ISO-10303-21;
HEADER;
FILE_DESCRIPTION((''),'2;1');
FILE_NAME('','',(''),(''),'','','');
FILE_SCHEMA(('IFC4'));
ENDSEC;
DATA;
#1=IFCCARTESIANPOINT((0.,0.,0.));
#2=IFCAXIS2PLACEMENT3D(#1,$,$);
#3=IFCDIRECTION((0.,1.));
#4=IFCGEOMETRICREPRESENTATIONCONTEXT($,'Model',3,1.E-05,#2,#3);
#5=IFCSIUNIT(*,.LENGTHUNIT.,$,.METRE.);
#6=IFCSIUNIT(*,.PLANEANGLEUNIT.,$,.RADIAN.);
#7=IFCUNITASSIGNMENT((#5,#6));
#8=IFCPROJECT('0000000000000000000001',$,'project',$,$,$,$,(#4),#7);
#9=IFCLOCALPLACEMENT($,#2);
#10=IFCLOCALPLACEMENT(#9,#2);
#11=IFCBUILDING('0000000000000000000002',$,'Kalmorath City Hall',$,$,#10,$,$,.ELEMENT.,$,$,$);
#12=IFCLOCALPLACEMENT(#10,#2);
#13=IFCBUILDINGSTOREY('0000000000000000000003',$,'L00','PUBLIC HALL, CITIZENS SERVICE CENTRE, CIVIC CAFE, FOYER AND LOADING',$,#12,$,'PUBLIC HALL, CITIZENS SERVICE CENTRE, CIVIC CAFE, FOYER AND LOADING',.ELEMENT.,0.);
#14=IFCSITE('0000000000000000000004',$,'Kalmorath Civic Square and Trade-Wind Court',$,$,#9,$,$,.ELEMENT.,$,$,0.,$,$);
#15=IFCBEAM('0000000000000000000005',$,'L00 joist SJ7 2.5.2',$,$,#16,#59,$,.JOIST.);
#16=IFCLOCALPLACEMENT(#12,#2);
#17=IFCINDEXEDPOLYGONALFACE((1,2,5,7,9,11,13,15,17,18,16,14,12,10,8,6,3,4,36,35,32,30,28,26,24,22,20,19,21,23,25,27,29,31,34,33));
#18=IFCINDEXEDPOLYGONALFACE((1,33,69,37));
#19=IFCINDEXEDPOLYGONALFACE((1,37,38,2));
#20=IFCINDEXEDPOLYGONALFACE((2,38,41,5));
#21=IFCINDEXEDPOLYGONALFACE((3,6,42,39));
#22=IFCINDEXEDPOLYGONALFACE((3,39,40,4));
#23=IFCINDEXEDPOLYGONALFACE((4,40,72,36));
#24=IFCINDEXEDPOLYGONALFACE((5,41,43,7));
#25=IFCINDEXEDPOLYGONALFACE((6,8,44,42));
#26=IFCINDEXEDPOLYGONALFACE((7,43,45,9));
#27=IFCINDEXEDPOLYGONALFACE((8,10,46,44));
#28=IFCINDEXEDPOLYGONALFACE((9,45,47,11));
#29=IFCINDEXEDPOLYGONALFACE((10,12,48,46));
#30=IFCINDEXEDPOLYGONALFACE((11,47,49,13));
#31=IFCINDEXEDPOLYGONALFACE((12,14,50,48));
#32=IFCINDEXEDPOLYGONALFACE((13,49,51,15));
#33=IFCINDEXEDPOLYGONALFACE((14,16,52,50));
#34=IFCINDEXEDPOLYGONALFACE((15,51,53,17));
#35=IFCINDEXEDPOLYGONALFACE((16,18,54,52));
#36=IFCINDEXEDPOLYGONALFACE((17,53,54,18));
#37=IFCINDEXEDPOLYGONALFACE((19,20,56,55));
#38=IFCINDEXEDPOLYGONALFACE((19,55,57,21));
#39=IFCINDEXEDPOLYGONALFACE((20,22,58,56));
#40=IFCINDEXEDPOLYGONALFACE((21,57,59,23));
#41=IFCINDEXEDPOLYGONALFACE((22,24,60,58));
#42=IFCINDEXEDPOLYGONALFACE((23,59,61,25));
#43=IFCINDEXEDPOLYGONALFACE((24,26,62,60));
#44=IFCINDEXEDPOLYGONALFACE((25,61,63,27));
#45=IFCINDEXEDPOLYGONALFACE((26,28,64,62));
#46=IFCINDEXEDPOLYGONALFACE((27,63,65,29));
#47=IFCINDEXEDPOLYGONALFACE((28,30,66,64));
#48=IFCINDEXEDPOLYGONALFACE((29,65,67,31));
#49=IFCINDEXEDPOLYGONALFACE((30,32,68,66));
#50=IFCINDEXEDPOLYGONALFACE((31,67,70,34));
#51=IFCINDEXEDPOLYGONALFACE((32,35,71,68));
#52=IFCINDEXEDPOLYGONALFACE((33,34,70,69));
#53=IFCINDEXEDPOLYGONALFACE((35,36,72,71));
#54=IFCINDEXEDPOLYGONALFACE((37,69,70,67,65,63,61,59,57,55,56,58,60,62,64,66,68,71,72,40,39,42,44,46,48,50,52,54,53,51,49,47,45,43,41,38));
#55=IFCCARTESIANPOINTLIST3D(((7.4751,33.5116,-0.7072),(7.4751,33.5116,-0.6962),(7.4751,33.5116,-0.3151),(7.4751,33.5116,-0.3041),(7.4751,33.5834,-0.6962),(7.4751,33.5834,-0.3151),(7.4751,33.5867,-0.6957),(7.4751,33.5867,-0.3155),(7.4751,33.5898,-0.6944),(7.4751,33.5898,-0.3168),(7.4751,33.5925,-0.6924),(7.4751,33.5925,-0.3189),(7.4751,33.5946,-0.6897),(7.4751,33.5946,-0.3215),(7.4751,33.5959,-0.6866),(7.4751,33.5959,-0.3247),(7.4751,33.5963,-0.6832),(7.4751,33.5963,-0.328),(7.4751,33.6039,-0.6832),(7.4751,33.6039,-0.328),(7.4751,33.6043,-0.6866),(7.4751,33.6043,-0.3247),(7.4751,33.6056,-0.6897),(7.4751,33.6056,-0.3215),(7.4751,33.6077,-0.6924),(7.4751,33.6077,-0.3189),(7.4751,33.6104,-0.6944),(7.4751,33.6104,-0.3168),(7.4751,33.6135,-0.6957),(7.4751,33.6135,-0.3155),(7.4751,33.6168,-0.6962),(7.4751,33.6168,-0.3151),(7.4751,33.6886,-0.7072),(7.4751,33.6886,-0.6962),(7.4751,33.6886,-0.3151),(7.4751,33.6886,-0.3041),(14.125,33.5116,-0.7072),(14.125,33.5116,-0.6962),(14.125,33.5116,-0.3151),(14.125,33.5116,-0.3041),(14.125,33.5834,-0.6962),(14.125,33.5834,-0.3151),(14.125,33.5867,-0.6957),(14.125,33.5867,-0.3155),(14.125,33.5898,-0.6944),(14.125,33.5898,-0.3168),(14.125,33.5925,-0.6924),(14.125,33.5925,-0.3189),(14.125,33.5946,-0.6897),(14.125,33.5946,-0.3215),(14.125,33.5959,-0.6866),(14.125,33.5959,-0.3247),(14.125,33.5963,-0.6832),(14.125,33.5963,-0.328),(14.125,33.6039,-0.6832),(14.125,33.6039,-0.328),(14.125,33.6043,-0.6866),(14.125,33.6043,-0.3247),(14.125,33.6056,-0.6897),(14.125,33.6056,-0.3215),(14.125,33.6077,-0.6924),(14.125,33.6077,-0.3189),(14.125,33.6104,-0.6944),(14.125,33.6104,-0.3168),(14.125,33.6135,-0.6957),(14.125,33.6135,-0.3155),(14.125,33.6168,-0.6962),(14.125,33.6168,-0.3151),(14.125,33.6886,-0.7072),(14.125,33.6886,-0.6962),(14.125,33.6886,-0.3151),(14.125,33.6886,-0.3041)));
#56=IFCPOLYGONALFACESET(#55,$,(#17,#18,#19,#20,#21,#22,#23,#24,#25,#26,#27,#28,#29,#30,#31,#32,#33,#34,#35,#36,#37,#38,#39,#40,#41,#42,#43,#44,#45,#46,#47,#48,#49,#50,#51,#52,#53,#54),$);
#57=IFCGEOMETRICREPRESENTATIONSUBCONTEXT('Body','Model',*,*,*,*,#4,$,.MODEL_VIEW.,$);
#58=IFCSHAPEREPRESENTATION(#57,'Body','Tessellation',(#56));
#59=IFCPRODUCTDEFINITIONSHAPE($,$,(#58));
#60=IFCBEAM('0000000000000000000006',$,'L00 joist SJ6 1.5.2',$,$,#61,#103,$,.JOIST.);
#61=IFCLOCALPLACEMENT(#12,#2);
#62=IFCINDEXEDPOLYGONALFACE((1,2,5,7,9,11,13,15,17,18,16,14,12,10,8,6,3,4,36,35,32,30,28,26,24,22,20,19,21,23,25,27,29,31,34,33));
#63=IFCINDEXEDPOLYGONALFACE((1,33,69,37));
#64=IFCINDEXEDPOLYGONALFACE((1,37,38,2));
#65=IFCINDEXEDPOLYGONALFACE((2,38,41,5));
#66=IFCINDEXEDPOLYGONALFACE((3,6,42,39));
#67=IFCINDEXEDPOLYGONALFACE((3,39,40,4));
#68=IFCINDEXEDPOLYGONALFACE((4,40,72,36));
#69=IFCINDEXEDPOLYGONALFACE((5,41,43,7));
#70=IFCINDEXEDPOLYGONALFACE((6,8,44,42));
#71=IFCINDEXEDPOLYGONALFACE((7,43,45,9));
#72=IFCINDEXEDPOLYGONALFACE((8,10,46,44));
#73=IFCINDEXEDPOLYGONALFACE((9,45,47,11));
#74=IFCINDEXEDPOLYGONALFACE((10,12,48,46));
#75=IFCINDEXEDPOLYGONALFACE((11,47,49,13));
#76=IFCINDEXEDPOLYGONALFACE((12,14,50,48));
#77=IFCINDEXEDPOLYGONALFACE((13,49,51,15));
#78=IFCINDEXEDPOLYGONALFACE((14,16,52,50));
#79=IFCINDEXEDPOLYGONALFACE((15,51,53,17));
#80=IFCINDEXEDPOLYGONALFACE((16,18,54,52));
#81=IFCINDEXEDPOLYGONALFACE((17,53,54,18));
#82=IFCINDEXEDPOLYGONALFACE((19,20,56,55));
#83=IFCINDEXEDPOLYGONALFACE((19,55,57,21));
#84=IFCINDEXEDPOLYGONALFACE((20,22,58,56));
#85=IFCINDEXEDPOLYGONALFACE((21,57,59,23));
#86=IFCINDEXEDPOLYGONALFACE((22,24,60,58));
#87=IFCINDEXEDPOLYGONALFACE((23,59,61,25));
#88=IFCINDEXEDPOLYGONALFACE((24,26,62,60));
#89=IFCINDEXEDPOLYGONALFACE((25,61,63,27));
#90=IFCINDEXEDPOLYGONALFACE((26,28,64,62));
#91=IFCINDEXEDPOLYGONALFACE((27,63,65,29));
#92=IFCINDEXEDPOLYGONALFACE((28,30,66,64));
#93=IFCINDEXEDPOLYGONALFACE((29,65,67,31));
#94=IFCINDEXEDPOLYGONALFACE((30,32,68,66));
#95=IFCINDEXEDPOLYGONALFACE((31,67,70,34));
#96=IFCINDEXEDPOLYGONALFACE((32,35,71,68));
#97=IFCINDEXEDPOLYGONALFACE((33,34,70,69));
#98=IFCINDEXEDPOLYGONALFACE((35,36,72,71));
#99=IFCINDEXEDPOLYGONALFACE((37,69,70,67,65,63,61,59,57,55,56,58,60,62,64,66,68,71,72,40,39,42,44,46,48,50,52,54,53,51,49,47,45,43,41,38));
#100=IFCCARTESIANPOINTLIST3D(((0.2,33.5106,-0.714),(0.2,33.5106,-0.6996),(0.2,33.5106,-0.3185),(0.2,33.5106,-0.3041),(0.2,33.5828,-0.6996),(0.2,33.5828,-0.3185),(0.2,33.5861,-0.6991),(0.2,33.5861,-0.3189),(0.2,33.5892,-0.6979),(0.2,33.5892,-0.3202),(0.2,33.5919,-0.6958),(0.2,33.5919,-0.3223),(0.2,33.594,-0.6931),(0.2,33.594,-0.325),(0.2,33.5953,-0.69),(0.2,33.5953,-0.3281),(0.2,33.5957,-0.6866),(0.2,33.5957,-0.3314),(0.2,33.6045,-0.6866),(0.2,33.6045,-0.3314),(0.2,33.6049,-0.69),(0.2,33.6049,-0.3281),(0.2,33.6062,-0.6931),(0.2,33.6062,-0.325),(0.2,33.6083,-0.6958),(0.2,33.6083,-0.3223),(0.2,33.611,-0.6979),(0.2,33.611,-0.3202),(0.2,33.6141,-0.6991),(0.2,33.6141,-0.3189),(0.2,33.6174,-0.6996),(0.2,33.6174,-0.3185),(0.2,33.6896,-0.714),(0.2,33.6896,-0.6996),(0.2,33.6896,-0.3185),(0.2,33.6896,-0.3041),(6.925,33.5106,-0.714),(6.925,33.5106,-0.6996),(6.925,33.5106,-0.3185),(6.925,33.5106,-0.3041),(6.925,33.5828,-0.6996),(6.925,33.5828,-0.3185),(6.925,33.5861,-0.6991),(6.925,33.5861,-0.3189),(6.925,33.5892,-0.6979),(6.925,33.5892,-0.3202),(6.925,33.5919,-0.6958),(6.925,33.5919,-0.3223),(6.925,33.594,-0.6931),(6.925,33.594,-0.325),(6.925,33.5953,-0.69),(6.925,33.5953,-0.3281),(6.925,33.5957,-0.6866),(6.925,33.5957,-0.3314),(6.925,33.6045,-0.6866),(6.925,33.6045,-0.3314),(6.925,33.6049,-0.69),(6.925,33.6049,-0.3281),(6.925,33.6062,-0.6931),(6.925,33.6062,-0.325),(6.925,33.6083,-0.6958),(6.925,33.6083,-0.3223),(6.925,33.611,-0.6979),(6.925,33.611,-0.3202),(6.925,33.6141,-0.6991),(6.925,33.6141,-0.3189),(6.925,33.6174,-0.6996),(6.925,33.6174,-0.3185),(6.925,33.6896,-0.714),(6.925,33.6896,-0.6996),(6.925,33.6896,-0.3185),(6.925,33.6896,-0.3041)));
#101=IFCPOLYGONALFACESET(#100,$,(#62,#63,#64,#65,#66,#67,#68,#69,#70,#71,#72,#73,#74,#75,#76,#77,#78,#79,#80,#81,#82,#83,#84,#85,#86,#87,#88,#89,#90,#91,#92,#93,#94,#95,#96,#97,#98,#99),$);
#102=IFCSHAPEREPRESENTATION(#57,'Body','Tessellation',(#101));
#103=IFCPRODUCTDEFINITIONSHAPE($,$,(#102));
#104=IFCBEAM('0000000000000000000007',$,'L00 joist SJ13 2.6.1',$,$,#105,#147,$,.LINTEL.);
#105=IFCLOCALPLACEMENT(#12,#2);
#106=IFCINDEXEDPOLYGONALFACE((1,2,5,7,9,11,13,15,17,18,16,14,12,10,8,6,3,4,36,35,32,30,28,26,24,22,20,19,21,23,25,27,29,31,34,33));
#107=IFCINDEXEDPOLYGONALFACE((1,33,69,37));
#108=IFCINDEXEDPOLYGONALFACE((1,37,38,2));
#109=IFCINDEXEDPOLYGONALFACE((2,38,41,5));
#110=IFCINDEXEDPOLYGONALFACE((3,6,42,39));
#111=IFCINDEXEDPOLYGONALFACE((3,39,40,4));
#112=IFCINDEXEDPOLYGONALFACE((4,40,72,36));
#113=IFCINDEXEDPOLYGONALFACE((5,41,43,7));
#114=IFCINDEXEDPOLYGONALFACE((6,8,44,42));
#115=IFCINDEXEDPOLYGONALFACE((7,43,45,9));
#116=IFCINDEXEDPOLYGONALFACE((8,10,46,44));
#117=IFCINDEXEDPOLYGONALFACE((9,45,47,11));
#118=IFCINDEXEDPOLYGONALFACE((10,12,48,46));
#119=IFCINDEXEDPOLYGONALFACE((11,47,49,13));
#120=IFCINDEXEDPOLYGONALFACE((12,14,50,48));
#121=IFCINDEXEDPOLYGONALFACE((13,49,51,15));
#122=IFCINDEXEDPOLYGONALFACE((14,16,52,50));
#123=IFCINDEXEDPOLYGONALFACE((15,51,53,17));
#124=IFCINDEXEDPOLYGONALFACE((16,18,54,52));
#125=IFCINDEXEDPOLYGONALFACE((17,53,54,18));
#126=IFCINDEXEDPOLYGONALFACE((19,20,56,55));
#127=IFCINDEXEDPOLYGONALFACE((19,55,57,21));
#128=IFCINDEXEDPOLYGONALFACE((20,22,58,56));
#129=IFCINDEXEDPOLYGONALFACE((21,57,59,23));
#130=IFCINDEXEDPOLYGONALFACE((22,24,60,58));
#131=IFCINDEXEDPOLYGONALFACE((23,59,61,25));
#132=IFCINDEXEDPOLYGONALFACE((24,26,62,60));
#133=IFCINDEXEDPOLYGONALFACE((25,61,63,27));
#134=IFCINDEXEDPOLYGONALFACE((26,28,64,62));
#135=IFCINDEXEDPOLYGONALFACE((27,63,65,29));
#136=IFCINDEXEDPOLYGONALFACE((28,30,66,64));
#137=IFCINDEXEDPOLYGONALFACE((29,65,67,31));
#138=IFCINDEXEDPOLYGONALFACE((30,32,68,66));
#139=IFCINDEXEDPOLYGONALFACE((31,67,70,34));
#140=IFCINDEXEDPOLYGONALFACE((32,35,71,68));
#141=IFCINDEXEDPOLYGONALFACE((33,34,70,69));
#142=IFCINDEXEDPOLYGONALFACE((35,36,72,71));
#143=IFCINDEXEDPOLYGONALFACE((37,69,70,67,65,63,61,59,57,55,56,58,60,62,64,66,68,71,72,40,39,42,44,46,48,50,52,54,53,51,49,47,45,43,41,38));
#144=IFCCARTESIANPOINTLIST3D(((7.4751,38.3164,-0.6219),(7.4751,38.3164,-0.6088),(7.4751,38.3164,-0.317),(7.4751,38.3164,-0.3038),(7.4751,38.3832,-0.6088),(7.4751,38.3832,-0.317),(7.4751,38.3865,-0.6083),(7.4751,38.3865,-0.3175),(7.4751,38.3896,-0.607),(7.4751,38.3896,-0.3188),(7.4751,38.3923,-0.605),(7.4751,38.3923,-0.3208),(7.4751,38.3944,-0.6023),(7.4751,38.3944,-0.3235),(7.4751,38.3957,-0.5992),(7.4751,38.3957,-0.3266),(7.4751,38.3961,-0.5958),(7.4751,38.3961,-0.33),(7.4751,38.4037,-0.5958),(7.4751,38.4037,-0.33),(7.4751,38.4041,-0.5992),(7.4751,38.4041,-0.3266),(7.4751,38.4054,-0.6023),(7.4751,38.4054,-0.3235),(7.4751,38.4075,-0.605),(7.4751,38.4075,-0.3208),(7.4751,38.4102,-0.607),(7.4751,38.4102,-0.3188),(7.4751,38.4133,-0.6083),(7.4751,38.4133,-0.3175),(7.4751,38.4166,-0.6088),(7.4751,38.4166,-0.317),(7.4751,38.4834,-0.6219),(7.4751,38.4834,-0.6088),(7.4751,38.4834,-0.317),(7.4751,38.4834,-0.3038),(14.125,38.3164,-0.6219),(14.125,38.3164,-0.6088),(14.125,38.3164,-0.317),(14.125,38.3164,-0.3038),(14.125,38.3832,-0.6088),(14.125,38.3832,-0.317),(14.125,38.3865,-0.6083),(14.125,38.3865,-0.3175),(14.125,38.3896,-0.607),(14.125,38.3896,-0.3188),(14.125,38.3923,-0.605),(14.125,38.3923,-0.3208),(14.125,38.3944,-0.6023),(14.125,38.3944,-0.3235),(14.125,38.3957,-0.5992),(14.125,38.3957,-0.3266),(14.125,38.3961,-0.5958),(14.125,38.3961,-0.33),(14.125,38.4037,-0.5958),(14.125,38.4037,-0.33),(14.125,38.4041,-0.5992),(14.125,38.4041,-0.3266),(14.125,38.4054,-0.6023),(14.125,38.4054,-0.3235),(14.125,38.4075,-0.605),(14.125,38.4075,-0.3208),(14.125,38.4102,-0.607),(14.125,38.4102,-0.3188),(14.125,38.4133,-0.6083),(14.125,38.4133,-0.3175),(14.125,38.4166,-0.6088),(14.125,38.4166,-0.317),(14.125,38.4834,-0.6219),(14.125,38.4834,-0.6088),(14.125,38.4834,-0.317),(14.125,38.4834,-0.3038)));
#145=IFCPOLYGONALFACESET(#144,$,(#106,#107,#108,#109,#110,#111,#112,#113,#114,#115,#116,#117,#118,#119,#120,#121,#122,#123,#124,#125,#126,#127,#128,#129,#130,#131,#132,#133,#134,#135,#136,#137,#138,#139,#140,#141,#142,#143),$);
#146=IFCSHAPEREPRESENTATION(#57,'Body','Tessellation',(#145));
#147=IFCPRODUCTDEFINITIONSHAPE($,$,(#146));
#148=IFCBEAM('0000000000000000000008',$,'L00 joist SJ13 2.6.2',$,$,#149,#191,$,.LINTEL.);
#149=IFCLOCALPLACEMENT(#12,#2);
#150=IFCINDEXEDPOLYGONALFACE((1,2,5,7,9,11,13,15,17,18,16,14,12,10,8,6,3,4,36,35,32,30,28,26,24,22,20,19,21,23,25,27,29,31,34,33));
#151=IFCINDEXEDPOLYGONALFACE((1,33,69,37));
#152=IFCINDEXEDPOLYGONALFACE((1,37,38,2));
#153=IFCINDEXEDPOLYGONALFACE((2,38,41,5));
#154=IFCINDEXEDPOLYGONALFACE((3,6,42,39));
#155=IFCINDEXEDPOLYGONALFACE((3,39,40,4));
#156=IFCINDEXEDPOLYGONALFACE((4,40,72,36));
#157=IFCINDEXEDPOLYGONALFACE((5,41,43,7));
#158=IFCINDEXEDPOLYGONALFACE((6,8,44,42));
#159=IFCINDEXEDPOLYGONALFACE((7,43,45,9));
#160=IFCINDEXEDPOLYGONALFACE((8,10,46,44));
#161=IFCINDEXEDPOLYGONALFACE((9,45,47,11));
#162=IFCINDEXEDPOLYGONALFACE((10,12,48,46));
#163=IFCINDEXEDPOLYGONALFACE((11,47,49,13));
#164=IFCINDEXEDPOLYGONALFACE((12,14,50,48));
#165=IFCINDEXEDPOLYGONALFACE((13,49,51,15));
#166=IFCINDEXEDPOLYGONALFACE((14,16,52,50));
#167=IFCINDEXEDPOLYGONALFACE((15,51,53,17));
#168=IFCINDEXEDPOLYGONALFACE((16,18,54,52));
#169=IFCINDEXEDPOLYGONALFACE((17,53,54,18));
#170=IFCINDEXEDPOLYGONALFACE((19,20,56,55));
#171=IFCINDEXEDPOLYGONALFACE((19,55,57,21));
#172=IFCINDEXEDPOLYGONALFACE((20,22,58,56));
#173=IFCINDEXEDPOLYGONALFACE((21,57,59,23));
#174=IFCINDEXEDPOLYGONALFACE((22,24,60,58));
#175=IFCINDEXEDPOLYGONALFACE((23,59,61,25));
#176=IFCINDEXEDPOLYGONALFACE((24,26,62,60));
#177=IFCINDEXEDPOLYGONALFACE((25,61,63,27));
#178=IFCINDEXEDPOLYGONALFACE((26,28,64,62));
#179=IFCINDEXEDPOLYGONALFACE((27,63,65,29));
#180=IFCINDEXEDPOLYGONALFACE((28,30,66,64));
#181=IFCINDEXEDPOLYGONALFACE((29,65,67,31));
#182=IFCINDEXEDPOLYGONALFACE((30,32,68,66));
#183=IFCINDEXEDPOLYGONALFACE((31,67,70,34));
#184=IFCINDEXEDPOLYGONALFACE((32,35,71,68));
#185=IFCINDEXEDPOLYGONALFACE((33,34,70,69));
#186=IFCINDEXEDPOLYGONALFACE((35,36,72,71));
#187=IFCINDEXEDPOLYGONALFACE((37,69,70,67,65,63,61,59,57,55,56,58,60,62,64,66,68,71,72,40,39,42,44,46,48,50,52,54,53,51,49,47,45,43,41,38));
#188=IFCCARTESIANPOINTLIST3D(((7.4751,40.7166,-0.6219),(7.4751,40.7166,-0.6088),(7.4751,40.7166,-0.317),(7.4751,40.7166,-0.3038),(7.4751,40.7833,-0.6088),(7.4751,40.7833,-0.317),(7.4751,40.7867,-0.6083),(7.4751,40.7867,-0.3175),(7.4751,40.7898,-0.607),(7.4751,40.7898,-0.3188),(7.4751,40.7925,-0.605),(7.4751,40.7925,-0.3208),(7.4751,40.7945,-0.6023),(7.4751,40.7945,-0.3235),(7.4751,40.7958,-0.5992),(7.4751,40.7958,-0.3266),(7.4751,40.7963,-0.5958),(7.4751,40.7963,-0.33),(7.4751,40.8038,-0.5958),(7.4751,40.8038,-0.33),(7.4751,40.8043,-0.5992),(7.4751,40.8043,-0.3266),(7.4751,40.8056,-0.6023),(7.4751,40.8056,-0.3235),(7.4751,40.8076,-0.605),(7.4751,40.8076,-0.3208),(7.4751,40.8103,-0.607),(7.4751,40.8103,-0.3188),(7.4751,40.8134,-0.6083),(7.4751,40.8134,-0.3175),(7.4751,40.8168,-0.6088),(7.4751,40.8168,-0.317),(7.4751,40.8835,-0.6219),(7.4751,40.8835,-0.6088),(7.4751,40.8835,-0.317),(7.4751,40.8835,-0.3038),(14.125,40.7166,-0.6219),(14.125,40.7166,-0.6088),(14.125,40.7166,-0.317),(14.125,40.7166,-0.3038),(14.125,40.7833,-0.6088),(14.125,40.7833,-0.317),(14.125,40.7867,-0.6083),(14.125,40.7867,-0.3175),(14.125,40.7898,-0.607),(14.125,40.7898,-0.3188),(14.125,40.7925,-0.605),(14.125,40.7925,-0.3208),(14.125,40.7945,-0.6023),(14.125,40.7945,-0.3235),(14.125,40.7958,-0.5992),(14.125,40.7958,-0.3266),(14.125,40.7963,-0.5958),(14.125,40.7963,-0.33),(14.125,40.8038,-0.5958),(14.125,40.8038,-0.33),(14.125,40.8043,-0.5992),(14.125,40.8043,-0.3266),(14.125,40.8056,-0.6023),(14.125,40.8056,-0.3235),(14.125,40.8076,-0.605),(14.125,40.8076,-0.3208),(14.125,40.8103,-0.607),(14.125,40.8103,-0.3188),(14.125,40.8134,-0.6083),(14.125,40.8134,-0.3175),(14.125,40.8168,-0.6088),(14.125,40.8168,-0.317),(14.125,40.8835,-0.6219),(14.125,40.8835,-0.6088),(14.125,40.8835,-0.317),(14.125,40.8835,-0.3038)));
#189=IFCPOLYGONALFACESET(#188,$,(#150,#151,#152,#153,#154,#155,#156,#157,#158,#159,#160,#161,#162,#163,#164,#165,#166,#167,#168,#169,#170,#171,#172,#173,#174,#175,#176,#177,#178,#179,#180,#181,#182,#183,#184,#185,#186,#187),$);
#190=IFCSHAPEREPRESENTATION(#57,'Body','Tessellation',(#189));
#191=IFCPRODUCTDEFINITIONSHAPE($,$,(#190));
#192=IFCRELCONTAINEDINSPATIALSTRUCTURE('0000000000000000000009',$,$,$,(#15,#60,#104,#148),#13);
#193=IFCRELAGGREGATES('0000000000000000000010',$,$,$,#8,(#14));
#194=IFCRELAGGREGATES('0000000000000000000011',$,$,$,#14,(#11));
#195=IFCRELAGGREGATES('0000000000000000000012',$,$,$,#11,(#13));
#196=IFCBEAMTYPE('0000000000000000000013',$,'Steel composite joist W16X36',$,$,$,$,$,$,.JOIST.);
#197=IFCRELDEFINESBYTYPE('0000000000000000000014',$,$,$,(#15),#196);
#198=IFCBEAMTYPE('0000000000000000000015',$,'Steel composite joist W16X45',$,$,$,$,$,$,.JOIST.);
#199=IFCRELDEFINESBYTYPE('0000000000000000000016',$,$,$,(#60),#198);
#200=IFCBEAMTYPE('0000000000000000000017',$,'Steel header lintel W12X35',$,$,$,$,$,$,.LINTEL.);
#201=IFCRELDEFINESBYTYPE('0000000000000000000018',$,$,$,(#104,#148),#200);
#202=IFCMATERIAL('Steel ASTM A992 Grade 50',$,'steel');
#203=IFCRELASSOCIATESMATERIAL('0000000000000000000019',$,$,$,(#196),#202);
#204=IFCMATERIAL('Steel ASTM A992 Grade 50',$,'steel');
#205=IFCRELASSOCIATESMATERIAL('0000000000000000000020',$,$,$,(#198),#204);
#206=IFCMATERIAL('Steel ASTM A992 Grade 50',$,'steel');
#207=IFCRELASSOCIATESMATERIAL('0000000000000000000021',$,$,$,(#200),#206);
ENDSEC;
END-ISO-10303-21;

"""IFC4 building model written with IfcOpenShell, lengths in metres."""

from ifc_helpers import new_model, si_unit, direction, frame, origin, origin_2d, place, context, subcontext, project, spatial, i_section, extrude, material, material_profile, profile_set, type_object, element, save


model = new_model("IFC4")

# Units and contexts
model_context = context("Model", 3, precision=1e-05, world=origin(), true_north=direction((0.0, 1.0)))
body_context = subcontext(model_context, "Body", "Model", "MODEL_VIEW")
ifc_project = project(units=[si_unit("LENGTHUNIT", "METRE"), si_unit("PLANEANGLEUNIT", "RADIAN")], contexts=[model_context])

# Site, building, storey
site_placement = place(None, origin())
site = spatial("IfcSite", under=ifc_project, at=site_placement, Name="Kalmorath Civic Square and Trade-Wind Court", CompositionType="ELEMENT", RefElevation=0.0)
building_placement = place(site_placement, origin())
building = spatial("IfcBuilding", under=site, at=building_placement, Name="Kalmorath City Hall", CompositionType="ELEMENT")
storey_placement = place(building_placement, origin())
storey = spatial("IfcBuildingStorey", under=building, at=storey_placement, Name="L00", Description="PUBLIC HALL, CITIZENS SERVICE CENTRE, CIVIC CAFE, FOYER AND LOADING", LongName="PUBLIC HALL, CITIZENS SERVICE CENTRE, CIVIC CAFE, FOYER AND LOADING", CompositionType="ELEMENT", Elevation=0.0)

# Beams
ifc_material_1 = material(Name="Steel ASTM A992 Grade 50", Category="steel")
ifc_material_profile_1 = material_profile(ifc_material_1, i_section(OverallWidth=0.177, OverallDepth=0.4031, WebThickness=0.0076, FlangeThickness=0.011, FilletRadius=0.0129, at=origin_2d()), Name="W16X36")
ifc_profile_set_1 = profile_set([ifc_material_profile_1], Name="Steel ASTM A992 Grade 50")
beam_type_1 = type_object("IfcBeamType", Name="Steel composite joist W16X36", PredefinedType="JOIST", material=ifc_profile_set_1)
beam_1_placement = place(storey_placement, frame((7.4751, 33.6001, -0.5056), z_axis=(1.0, 0.0, 0.0), x_axis=(0.0, 1.0, 0.0)))
element("IfcBeam", 1, at=beam_1_placement, inside=storey, type_object=beam_type_1, Name="L00 joist SJ7 2.5.2", PredefinedType="JOIST", context=body_context, shape_type="SweptSolid", body=[
    extrude(i_section(OverallWidth=0.177, OverallDepth=0.4031, WebThickness=0.0076, FlangeThickness=0.011, FilletRadius=0.0129, at=origin_2d()), origin(), (0.0, 0.0, 1.0), 6.6499),
])
ifc_material_2 = material(Name="Steel ASTM A992 Grade 50", Category="steel")
ifc_material_profile_2 = material_profile(ifc_material_2, i_section(OverallWidth=0.179, OverallDepth=0.4099, WebThickness=0.0088, FlangeThickness=0.0144, FilletRadius=0.0129, at=origin_2d()), Name="W16X45")
ifc_profile_set_2 = profile_set([ifc_material_profile_2], Name="Steel ASTM A992 Grade 50")
beam_type_2 = type_object("IfcBeamType", Name="Steel composite joist W16X45", PredefinedType="JOIST", material=ifc_profile_set_2)
beam_2_placement = place(storey_placement, frame((0.2, 33.6001, -0.509), z_axis=(1.0, 0.0, 0.0), x_axis=(0.0, 1.0, 0.0)))
element("IfcBeam", 2, at=beam_2_placement, inside=storey, type_object=beam_type_2, Name="L00 joist SJ6 1.5.2", PredefinedType="JOIST", context=body_context, shape_type="SweptSolid", body=[
    extrude(i_section(OverallWidth=0.179, OverallDepth=0.4099, WebThickness=0.0088, FlangeThickness=0.0144, FilletRadius=0.0129, at=origin_2d()), origin(), (0.0, 0.0, 1.0), 6.7251),
])
ifc_material_3 = material(Name="Steel ASTM A992 Grade 50", Category="steel")
ifc_material_profile_3 = material_profile(ifc_material_3, i_section(OverallWidth=0.167, OverallDepth=0.3181, WebThickness=0.0076, FlangeThickness=0.0132, FilletRadius=0.0129, at=origin_2d()), Name="W12X35")
ifc_profile_set_3 = profile_set([ifc_material_profile_3], Name="Steel ASTM A992 Grade 50")
beam_type_3 = type_object("IfcBeamType", Name="Steel header lintel W12X35", PredefinedType="LINTEL", material=ifc_profile_set_3)
for number, where, z_axis, x_axis, name in (
    (3, (7.4751, 38.3999, -0.4629), (1.0, 0.0, 0.0), (0.0, 1.0, 0.0), "L00 joist SJ13 2.6.1"),
    (4, (7.4751, 40.8, -0.4629), (1.0, 0.0, 0.0), (0.0, 1.0, 0.0), "L00 joist SJ13 2.6.2"),
):
    element("IfcBeam", number, at=place(storey_placement, frame(where, z_axis=z_axis, x_axis=x_axis)), inside=storey, type_object=beam_type_3, Name=name, PredefinedType="LINTEL", context=body_context, shape_type="SweptSolid", body=[
        extrude(i_section(OverallWidth=0.167, OverallDepth=0.3181, WebThickness=0.0076, FlangeThickness=0.0132, FilletRadius=0.0129, at=origin_2d()), origin(), (0.0, 0.0, 1.0), 6.6499),
    ])

save(model, "model.ifc")
